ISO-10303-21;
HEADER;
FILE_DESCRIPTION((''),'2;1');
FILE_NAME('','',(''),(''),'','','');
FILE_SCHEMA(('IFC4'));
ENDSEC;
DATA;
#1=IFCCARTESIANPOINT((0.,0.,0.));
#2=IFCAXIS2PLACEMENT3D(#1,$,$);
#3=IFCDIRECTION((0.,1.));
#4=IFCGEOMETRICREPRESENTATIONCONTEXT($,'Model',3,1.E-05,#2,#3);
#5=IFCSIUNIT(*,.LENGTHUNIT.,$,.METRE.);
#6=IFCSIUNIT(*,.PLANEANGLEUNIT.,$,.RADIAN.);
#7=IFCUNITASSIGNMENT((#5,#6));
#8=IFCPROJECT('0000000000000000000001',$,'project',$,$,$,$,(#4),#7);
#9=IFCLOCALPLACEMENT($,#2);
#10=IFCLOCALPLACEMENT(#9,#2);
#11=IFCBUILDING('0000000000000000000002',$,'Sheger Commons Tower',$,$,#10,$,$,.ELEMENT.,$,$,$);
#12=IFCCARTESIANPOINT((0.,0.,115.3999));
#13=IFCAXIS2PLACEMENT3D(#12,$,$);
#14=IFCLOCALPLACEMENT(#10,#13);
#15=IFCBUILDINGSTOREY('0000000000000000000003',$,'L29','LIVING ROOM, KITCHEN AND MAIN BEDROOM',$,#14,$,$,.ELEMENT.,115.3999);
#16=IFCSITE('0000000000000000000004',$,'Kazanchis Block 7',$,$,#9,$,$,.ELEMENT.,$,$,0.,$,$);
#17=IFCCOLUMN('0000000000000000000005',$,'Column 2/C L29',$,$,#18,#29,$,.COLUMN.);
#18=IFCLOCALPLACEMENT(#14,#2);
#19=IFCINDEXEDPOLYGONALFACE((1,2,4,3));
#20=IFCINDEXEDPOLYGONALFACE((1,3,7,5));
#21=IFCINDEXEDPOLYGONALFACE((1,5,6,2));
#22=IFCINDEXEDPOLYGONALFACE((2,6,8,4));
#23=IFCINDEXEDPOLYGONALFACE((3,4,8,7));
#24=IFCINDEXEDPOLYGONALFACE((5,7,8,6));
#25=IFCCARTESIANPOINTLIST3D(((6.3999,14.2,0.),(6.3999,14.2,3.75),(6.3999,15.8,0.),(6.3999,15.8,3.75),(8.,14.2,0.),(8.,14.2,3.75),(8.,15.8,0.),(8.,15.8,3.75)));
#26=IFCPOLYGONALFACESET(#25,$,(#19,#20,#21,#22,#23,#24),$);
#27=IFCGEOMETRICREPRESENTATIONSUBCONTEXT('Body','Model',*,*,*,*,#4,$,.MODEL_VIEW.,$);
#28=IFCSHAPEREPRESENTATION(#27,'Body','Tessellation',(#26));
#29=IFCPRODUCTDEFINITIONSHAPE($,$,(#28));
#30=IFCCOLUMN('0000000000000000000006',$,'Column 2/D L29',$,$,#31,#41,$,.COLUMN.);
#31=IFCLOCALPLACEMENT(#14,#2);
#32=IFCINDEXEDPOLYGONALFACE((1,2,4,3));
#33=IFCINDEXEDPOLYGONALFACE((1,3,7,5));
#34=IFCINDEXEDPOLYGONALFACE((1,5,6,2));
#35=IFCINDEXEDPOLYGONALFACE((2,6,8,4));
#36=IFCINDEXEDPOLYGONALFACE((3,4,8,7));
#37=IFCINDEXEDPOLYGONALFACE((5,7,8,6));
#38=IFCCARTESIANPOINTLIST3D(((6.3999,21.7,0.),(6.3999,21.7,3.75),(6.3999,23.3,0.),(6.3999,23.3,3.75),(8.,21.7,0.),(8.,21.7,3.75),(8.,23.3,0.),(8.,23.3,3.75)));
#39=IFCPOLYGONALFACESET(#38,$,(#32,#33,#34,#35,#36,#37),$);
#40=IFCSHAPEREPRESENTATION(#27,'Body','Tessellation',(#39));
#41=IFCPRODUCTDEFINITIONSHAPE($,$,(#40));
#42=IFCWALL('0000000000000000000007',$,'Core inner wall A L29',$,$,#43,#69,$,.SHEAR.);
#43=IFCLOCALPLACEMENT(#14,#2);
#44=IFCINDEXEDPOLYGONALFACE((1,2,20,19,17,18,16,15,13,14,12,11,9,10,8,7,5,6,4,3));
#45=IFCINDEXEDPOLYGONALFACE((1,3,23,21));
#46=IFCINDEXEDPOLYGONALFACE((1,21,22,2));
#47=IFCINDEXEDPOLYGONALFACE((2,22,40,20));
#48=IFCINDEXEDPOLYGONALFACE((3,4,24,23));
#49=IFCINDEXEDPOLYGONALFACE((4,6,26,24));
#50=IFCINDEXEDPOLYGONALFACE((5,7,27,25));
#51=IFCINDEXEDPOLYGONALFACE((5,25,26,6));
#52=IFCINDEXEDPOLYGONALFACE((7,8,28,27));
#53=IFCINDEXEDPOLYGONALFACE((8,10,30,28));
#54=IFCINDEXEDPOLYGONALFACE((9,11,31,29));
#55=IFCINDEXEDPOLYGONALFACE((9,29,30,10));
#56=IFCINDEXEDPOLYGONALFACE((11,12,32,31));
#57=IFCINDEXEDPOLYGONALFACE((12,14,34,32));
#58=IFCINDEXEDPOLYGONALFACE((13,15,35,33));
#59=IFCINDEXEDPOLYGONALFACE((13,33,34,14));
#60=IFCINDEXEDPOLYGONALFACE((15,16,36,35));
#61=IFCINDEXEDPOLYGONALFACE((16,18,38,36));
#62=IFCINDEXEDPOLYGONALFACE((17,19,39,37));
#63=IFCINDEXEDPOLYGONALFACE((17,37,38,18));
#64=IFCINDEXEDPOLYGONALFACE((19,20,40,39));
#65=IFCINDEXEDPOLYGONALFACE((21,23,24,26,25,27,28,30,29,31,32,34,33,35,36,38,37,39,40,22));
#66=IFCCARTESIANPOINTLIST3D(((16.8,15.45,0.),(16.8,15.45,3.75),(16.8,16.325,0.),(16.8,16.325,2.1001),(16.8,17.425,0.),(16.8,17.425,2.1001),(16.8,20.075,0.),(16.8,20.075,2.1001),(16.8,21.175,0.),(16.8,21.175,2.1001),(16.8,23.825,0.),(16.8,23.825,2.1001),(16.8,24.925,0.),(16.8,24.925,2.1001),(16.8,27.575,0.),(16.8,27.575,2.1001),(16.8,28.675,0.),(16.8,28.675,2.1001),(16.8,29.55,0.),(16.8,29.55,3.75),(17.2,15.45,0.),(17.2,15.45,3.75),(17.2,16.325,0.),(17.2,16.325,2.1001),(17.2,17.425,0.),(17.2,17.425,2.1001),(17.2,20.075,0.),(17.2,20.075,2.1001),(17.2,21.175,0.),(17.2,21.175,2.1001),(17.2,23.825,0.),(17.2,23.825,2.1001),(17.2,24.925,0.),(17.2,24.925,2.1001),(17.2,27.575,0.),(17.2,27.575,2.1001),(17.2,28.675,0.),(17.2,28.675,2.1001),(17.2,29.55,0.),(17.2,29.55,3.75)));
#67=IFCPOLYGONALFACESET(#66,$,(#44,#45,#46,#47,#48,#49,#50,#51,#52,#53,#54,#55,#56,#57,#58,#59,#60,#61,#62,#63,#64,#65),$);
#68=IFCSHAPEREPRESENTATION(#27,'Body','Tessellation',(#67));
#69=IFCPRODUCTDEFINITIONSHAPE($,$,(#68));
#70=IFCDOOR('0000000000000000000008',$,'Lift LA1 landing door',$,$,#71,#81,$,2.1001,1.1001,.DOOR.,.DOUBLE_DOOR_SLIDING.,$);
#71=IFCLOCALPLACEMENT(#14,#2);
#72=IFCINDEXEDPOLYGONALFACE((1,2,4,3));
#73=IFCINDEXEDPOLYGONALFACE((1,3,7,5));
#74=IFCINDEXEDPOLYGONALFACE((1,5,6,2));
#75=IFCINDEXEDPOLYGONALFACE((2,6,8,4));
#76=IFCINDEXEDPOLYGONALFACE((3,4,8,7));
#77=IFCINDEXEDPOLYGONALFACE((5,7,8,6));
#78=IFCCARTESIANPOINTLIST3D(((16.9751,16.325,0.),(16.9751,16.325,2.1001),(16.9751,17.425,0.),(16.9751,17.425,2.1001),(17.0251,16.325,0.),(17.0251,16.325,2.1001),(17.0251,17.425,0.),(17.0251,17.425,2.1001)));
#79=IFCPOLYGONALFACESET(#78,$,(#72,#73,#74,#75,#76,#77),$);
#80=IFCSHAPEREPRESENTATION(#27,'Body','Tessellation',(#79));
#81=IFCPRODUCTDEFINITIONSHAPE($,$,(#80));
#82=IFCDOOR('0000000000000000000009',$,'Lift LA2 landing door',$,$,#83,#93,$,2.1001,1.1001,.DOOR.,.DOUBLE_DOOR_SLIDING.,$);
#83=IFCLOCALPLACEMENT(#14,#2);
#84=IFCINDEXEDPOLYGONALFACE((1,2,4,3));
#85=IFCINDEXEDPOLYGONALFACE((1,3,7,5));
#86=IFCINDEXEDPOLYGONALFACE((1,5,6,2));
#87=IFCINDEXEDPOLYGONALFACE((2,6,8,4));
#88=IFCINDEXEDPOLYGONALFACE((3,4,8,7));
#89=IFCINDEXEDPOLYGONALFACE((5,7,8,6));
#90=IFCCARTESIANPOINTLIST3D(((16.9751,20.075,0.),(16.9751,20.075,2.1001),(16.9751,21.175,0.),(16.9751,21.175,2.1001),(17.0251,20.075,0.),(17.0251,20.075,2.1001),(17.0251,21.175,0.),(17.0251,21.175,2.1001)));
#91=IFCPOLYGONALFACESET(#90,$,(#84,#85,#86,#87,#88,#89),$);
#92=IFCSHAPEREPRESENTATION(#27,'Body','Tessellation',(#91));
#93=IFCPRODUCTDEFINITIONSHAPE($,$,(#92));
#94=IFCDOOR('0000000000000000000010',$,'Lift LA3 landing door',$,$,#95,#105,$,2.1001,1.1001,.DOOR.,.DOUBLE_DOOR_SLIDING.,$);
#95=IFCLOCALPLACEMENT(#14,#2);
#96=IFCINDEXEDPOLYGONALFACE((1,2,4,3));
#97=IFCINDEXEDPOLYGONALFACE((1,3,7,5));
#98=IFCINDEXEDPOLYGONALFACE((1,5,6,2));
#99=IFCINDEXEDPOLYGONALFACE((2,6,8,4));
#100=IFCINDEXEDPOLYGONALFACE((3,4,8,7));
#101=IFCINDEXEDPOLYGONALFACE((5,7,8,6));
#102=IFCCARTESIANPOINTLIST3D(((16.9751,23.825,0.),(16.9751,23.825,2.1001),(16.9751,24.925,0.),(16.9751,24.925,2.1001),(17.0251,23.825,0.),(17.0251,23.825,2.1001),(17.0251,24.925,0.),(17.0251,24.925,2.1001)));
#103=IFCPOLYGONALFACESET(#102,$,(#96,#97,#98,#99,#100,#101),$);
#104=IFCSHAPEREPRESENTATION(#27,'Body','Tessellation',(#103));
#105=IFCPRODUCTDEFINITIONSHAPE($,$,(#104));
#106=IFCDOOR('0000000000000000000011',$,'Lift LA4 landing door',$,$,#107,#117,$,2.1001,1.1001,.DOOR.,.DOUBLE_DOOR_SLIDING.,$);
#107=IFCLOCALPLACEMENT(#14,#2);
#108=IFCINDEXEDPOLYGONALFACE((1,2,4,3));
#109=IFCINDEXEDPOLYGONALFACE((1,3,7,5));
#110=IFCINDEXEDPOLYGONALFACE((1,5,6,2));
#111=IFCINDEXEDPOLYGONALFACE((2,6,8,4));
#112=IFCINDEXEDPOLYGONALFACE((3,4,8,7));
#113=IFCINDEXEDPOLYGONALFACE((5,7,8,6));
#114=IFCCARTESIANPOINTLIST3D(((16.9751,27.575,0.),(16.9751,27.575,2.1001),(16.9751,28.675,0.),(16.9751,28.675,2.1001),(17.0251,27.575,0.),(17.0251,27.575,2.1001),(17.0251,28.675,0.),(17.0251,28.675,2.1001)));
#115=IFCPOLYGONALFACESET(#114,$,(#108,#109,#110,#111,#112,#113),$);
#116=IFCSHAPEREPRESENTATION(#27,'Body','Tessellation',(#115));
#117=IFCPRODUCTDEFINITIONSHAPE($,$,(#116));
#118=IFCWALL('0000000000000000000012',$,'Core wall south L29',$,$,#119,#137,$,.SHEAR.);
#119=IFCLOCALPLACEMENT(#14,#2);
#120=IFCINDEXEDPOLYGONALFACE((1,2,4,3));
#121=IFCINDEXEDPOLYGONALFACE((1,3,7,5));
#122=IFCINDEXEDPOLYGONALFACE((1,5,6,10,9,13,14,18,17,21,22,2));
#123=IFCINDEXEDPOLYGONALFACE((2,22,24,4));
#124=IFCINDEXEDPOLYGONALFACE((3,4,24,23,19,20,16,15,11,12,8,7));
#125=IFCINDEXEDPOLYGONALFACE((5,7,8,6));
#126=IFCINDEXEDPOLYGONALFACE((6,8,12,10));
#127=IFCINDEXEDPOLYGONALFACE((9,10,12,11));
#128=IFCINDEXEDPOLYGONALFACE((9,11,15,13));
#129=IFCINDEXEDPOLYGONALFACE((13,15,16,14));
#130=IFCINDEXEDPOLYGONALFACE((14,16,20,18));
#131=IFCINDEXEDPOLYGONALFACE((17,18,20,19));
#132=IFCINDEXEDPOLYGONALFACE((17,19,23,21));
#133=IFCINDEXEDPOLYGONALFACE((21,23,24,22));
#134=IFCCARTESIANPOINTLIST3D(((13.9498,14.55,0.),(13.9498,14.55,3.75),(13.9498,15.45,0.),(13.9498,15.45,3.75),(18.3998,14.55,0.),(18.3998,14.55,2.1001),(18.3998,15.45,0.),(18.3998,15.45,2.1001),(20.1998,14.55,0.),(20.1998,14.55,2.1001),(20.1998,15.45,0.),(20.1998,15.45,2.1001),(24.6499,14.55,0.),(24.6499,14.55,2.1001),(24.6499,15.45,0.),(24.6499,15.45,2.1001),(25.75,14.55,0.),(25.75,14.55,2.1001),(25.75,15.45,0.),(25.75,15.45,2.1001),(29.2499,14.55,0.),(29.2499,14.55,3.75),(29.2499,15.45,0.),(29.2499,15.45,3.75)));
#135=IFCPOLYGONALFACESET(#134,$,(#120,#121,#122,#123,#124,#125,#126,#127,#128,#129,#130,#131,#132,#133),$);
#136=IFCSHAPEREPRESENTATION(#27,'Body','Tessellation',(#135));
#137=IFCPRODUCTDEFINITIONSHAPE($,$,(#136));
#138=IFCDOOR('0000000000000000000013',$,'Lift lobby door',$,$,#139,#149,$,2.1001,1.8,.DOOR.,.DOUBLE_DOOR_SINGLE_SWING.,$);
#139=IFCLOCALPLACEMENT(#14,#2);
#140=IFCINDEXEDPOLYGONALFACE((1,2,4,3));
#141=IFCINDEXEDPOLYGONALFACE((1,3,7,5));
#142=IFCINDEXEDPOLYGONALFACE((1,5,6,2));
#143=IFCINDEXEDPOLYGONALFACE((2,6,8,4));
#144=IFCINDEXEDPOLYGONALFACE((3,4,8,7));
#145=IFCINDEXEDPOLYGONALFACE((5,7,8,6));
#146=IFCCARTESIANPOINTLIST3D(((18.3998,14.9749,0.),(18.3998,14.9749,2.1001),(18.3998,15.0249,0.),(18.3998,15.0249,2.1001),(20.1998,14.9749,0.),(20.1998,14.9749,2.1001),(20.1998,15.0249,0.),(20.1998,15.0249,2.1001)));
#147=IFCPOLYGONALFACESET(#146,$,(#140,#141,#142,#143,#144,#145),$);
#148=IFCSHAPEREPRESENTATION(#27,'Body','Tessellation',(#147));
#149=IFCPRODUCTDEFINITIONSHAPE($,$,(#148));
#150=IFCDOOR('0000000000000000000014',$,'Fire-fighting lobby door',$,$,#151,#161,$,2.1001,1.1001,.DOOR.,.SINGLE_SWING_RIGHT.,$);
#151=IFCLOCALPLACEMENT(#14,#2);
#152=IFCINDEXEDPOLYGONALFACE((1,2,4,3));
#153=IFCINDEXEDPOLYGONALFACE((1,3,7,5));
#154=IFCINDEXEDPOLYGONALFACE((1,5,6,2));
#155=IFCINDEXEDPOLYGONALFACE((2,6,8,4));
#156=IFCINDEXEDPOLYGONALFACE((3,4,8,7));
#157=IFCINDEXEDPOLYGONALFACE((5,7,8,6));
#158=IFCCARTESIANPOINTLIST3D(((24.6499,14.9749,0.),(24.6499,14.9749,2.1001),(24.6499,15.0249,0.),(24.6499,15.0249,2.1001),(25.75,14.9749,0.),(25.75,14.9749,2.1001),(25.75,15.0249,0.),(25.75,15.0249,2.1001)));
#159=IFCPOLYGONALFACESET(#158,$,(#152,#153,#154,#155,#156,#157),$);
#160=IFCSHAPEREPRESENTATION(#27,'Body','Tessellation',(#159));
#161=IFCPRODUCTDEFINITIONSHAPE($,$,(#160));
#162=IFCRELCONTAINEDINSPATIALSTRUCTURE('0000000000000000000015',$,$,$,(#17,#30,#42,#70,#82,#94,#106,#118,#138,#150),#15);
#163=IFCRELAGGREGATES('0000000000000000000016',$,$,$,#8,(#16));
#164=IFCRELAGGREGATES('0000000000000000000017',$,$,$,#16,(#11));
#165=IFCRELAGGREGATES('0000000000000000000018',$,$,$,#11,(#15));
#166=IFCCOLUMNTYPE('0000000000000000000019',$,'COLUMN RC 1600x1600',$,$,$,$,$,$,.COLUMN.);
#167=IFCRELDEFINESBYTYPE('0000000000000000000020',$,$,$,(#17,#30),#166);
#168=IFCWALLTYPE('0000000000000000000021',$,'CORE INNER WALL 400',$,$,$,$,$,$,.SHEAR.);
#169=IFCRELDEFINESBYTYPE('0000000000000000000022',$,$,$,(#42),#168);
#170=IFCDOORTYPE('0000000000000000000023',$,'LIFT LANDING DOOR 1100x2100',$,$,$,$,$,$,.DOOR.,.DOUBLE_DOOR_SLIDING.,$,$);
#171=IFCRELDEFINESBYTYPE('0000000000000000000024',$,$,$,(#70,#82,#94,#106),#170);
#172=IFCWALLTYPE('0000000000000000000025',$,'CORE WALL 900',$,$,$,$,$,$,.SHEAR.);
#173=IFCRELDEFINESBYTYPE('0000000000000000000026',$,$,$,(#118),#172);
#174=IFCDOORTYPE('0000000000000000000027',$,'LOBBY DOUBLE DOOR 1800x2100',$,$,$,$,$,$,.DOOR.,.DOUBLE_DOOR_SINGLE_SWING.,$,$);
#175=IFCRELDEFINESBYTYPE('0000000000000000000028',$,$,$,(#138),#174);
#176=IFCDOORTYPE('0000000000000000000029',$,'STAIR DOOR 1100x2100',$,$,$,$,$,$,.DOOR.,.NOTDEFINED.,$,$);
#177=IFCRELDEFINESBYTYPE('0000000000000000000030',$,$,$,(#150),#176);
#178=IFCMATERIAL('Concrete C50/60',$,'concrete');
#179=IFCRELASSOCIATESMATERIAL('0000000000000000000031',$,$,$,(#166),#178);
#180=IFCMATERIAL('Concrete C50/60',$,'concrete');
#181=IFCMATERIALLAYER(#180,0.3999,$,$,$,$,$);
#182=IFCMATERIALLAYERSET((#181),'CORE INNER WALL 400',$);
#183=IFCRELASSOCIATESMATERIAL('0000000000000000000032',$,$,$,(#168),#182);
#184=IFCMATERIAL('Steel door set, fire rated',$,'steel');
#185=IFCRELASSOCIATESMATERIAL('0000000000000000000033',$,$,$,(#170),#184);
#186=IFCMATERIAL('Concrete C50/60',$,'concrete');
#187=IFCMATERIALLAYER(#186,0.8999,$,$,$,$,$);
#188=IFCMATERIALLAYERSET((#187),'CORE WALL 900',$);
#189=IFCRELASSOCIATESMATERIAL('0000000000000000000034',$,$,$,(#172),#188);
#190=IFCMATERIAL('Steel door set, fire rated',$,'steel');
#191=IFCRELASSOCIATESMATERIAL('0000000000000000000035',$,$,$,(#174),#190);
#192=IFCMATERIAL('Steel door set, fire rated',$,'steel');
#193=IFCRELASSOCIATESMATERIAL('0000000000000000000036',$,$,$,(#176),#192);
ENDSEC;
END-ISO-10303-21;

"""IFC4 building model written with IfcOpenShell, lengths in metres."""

from ifc_helpers import new_model, si_unit, direction, frame, frame_2d, origin, origin_2d, place, context, subcontext, project, spatial, rectangle, extrude, material, layer, layer_set, material_profile, profile_set, type_object, element, fill, save


model = new_model("IFC4")

# Units and contexts
model_context = context("Model", 3, precision=1e-05, world=origin(), true_north=direction((0.0, 1.0)))
body_context = subcontext(model_context, "Body", "Model", "MODEL_VIEW")
ifc_project = project(units=[si_unit("LENGTHUNIT", "METRE"), si_unit("PLANEANGLEUNIT", "RADIAN")], contexts=[model_context])

# Site, building, storey
site_placement = place(None, origin())
site = spatial("IfcSite", under=ifc_project, at=site_placement, Name="Kazanchis Block 7", CompositionType="ELEMENT", RefElevation=0.0)
building_placement = place(site_placement, origin())
building = spatial("IfcBuilding", under=site, at=building_placement, Name="Sheger Commons Tower", CompositionType="ELEMENT")
storey_placement = place(building_placement, frame((0.0, 0.0, 115.3999)))
storey = spatial("IfcBuildingStorey", under=building, at=storey_placement, Name="L29", Description="LIVING ROOM, KITCHEN AND MAIN BEDROOM", CompositionType="ELEMENT", Elevation=115.3999)

# Columns
ifc_material_1 = material(Name="Concrete C50/60", Category="concrete")
ifc_material_profile = material_profile(ifc_material_1, rectangle(XDim=1.6001, YDim=1.6001, at=origin_2d()), Name="RC 1600x1600")
ifc_profile_set = profile_set([ifc_material_profile], Name="Concrete C50/60")
column_type = type_object("IfcColumnType", Name="COLUMN RC 1600x1600", PredefinedType="COLUMN", material=ifc_profile_set)
for number, where, z_axis, x_axis, name in (
    (1, (7.2, 15.0, 0.0), (0.0, 0.0, 1.0), (1.0, 0.0, 0.0), "Column 2/C L29"),
    (2, (7.2, 22.5, 0.0), (0.0, 0.0, 1.0), (1.0, 0.0, 0.0), "Column 2/D L29"),
):
    element("IfcColumn", number, at=place(storey_placement, frame(where, z_axis=z_axis, x_axis=x_axis)), inside=storey, type_object=column_type, Name=name, PredefinedType="COLUMN", context=body_context, shape_type="SweptSolid", body=[
        extrude(rectangle(XDim=1.6001, YDim=1.6001, at=origin_2d()), origin(), (0.0, 0.0, 1.0), 3.75),
    ])

# Walls, openings, doors
ifc_material_2 = material(Name="Concrete C50/60", Category="concrete")
ifc_layer_1 = layer(ifc_material_2, 0.3999)
ifc_layer_set_1 = layer_set([ifc_layer_1], Name="CORE INNER WALL 400")
wall_type_1 = type_object("IfcWallType", Name="CORE INNER WALL 400", PredefinedType="SHEAR", material=ifc_layer_set_1)
wall_1_placement = place(storey_placement, frame((17.0, 15.45, 0.0), z_axis=(0.0, 0.0, 1.0), x_axis=(0.0, 1.0, 0.0)))
wall_1 = element("IfcWall", 3, at=wall_1_placement, inside=storey, type_object=wall_type_1, Name="Core inner wall A L29", PredefinedType="SHEAR", context=body_context, shape_type="SweptSolid", body=[
    extrude(rectangle(XDim=14.1001, YDim=0.3999, at=frame_2d((7.05, 0.0))), origin(), (0.0, 0.0, 1.0), 3.75),
])
opening_1_placement = place(wall_1_placement, frame((0.875, 0.0, 0.0)))
opening_1 = element("IfcOpeningElement", 4, at=opening_1_placement, cuts=wall_1, PredefinedType="OPENING", context=body_context, shape_type="SweptSolid", body=[
    extrude(rectangle(XDim=1.1001, YDim=2.1001, at=frame_2d((0.55, 1.05))), frame((0.0, 0.21, 0.0), z_axis=(0.0, -1.0, 0.0), x_axis=(1.0, 0.0, 0.0)), (0.0, 0.0, 1.0), 0.4199),
])
opening_2_placement = place(wall_1_placement, frame((4.625, 0.0, 0.0)))
opening_2 = element("IfcOpeningElement", 5, at=opening_2_placement, cuts=wall_1, PredefinedType="OPENING", context=body_context, shape_type="SweptSolid", body=[
    extrude(rectangle(XDim=1.1001, YDim=2.1001, at=frame_2d((0.55, 1.05))), frame((0.0, 0.21, 0.0), z_axis=(0.0, -1.0, 0.0), x_axis=(1.0, 0.0, 0.0)), (0.0, 0.0, 1.0), 0.4199),
])
opening_3_placement = place(wall_1_placement, frame((8.375, 0.0, 0.0)))
opening_3 = element("IfcOpeningElement", 6, at=opening_3_placement, cuts=wall_1, PredefinedType="OPENING", context=body_context, shape_type="SweptSolid", body=[
    extrude(rectangle(XDim=1.1001, YDim=2.1001, at=frame_2d((0.55, 1.05))), frame((0.0, 0.21, 0.0), z_axis=(0.0, -1.0, 0.0), x_axis=(1.0, 0.0, 0.0)), (0.0, 0.0, 1.0), 0.4199),
])
opening_4_placement = place(wall_1_placement, frame((12.125, 0.0, 0.0)))
opening_4 = element("IfcOpeningElement", 7, at=opening_4_placement, cuts=wall_1, PredefinedType="OPENING", context=body_context, shape_type="SweptSolid", body=[
    extrude(rectangle(XDim=1.1001, YDim=2.1001, at=frame_2d((0.55, 1.05))), frame((0.0, 0.21, 0.0), z_axis=(0.0, -1.0, 0.0), x_axis=(1.0, 0.0, 0.0)), (0.0, 0.0, 1.0), 0.4199),
])
ifc_material_3 = material(Name="Steel door set, fire rated", Category="steel")
door_type_1 = type_object("IfcDoorType", Name="LIFT LANDING DOOR 1100x2100", OperationType="DOUBLE_DOOR_SLIDING", PredefinedType="DOOR", material=ifc_material_3)
door_1_placement = place(opening_1_placement, origin())
door_1 = element("IfcDoor", 8, at=door_1_placement, inside=storey, type_object=door_type_1, Name="Lift LA1 landing door", OperationType="DOUBLE_DOOR_SLIDING", OverallHeight=2.1001, OverallWidth=1.1001, PredefinedType="DOOR", context=body_context, shape_type="SweptSolid", body=[
    extrude(rectangle(XDim=1.1001, YDim=2.1001, at=frame_2d((0.55, 1.05))), frame((0.0, 0.0249, 0.0), z_axis=(0.0, -1.0, 0.0), x_axis=(1.0, 0.0, 0.0)), (0.0, 0.0, 1.0), 0.05),
])
fill(opening_1, door_1)
door_2_placement = place(opening_2_placement, origin())
door_2 = element("IfcDoor", 9, at=door_2_placement, inside=storey, type_object=door_type_1, Name="Lift LA2 landing door", OperationType="DOUBLE_DOOR_SLIDING", OverallHeight=2.1001, OverallWidth=1.1001, PredefinedType="DOOR", context=body_context, shape_type="SweptSolid", body=[
    extrude(rectangle(XDim=1.1001, YDim=2.1001, at=frame_2d((0.55, 1.05))), frame((0.0, 0.0249, 0.0), z_axis=(0.0, -1.0, 0.0), x_axis=(1.0, 0.0, 0.0)), (0.0, 0.0, 1.0), 0.05),
])
fill(opening_2, door_2)
door_3_placement = place(opening_3_placement, origin())
door_3 = element("IfcDoor", 10, at=door_3_placement, inside=storey, type_object=door_type_1, Name="Lift LA3 landing door", OperationType="DOUBLE_DOOR_SLIDING", OverallHeight=2.1001, OverallWidth=1.1001, PredefinedType="DOOR", context=body_context, shape_type="SweptSolid", body=[
    extrude(rectangle(XDim=1.1001, YDim=2.1001, at=frame_2d((0.55, 1.05))), frame((0.0, 0.0249, 0.0), z_axis=(0.0, -1.0, 0.0), x_axis=(1.0, 0.0, 0.0)), (0.0, 0.0, 1.0), 0.05),
])
fill(opening_3, door_3)
door_4_placement = place(opening_4_placement, origin())
door_4 = element("IfcDoor", 11, at=door_4_placement, inside=storey, type_object=door_type_1, Name="Lift LA4 landing door", OperationType="DOUBLE_DOOR_SLIDING", OverallHeight=2.1001, OverallWidth=1.1001, PredefinedType="DOOR", context=body_context, shape_type="SweptSolid", body=[
    extrude(rectangle(XDim=1.1001, YDim=2.1001, at=frame_2d((0.55, 1.05))), frame((0.0, 0.0249, 0.0), z_axis=(0.0, -1.0, 0.0), x_axis=(1.0, 0.0, 0.0)), (0.0, 0.0, 1.0), 0.05),
])
fill(opening_4, door_4)
ifc_material_4 = material(Name="Concrete C50/60", Category="concrete")
ifc_layer_2 = layer(ifc_material_4, 0.8999)
ifc_layer_set_2 = layer_set([ifc_layer_2], Name="CORE WALL 900")
wall_type_2 = type_object("IfcWallType", Name="CORE WALL 900", PredefinedType="SHEAR", material=ifc_layer_set_2)
wall_2_placement = place(storey_placement, frame((13.95, 15.0, 0.0), z_axis=(0.0, 0.0, 1.0), x_axis=(1.0, 0.0, 0.0)))
wall_2 = element("IfcWall", 12, at=wall_2_placement, inside=storey, type_object=wall_type_2, Name="Core wall south L29", PredefinedType="SHEAR", context=body_context, shape_type="SweptSolid", body=[
    extrude(rectangle(XDim=15.3, YDim=0.8999, at=frame_2d((7.6499, 0.0))), origin(), (0.0, 0.0, 1.0), 3.75),
])
opening_5_placement = place(wall_2_placement, frame((4.45, 0.0, 0.0)))
opening_5 = element("IfcOpeningElement", 13, at=opening_5_placement, cuts=wall_2, PredefinedType="OPENING", context=body_context, shape_type="SweptSolid", body=[
    extrude(rectangle(XDim=1.8, YDim=2.1001, at=frame_2d((0.8999, 1.05))), frame((0.0, 0.46, 0.0), z_axis=(0.0, -1.0, 0.0), x_axis=(1.0, 0.0, 0.0)), (0.0, 0.0, 1.0), 0.9199),
])
opening_6_placement = place(wall_2_placement, frame((10.7, 0.0, 0.0)))
opening_6 = element("IfcOpeningElement", 14, at=opening_6_placement, cuts=wall_2, PredefinedType="OPENING", context=body_context, shape_type="SweptSolid", body=[
    extrude(rectangle(XDim=1.1001, YDim=2.1001, at=frame_2d((0.55, 1.05))), frame((0.0, 0.46, 0.0), z_axis=(0.0, -1.0, 0.0), x_axis=(1.0, 0.0, 0.0)), (0.0, 0.0, 1.0), 0.9199),
])
ifc_material_5 = material(Name="Steel door set, fire rated", Category="steel")
door_type_2 = type_object("IfcDoorType", Name="LOBBY DOUBLE DOOR 1800x2100", OperationType="DOUBLE_DOOR_SINGLE_SWING", PredefinedType="DOOR", material=ifc_material_5)
door_5_placement = place(opening_5_placement, origin())
door_5 = element("IfcDoor", 15, at=door_5_placement, inside=storey, type_object=door_type_2, Name="Lift lobby door", OperationType="DOUBLE_DOOR_SINGLE_SWING", OverallHeight=2.1001, OverallWidth=1.8, PredefinedType="DOOR", context=body_context, shape_type="SweptSolid", body=[
    extrude(rectangle(XDim=1.8, YDim=2.1001, at=frame_2d((0.8999, 1.05))), frame((0.0, 0.0249, 0.0), z_axis=(0.0, -1.0, 0.0), x_axis=(1.0, 0.0, 0.0)), (0.0, 0.0, 1.0), 0.05),
])
fill(opening_5, door_5)
ifc_material_6 = material(Name="Steel door set, fire rated", Category="steel")
door_type_3 = type_object("IfcDoorType", Name="STAIR DOOR 1100x2100", OperationType="NOTDEFINED", PredefinedType="DOOR", material=ifc_material_6)
door_6_placement = place(opening_6_placement, origin())
door_6 = element("IfcDoor", 16, at=door_6_placement, inside=storey, type_object=door_type_3, Name="Fire-fighting lobby door", OperationType="SINGLE_SWING_RIGHT", OverallHeight=2.1001, OverallWidth=1.1001, PredefinedType="DOOR", context=body_context, shape_type="SweptSolid", body=[
    extrude(rectangle(XDim=1.1001, YDim=2.1001, at=frame_2d((0.55, 1.05))), frame((0.0, 0.0249, 0.0), z_axis=(0.0, -1.0, 0.0), x_axis=(1.0, 0.0, 0.0)), (0.0, 0.0, 1.0), 0.05),
])
fill(opening_6, door_6)

save(model, "model.ifc")
